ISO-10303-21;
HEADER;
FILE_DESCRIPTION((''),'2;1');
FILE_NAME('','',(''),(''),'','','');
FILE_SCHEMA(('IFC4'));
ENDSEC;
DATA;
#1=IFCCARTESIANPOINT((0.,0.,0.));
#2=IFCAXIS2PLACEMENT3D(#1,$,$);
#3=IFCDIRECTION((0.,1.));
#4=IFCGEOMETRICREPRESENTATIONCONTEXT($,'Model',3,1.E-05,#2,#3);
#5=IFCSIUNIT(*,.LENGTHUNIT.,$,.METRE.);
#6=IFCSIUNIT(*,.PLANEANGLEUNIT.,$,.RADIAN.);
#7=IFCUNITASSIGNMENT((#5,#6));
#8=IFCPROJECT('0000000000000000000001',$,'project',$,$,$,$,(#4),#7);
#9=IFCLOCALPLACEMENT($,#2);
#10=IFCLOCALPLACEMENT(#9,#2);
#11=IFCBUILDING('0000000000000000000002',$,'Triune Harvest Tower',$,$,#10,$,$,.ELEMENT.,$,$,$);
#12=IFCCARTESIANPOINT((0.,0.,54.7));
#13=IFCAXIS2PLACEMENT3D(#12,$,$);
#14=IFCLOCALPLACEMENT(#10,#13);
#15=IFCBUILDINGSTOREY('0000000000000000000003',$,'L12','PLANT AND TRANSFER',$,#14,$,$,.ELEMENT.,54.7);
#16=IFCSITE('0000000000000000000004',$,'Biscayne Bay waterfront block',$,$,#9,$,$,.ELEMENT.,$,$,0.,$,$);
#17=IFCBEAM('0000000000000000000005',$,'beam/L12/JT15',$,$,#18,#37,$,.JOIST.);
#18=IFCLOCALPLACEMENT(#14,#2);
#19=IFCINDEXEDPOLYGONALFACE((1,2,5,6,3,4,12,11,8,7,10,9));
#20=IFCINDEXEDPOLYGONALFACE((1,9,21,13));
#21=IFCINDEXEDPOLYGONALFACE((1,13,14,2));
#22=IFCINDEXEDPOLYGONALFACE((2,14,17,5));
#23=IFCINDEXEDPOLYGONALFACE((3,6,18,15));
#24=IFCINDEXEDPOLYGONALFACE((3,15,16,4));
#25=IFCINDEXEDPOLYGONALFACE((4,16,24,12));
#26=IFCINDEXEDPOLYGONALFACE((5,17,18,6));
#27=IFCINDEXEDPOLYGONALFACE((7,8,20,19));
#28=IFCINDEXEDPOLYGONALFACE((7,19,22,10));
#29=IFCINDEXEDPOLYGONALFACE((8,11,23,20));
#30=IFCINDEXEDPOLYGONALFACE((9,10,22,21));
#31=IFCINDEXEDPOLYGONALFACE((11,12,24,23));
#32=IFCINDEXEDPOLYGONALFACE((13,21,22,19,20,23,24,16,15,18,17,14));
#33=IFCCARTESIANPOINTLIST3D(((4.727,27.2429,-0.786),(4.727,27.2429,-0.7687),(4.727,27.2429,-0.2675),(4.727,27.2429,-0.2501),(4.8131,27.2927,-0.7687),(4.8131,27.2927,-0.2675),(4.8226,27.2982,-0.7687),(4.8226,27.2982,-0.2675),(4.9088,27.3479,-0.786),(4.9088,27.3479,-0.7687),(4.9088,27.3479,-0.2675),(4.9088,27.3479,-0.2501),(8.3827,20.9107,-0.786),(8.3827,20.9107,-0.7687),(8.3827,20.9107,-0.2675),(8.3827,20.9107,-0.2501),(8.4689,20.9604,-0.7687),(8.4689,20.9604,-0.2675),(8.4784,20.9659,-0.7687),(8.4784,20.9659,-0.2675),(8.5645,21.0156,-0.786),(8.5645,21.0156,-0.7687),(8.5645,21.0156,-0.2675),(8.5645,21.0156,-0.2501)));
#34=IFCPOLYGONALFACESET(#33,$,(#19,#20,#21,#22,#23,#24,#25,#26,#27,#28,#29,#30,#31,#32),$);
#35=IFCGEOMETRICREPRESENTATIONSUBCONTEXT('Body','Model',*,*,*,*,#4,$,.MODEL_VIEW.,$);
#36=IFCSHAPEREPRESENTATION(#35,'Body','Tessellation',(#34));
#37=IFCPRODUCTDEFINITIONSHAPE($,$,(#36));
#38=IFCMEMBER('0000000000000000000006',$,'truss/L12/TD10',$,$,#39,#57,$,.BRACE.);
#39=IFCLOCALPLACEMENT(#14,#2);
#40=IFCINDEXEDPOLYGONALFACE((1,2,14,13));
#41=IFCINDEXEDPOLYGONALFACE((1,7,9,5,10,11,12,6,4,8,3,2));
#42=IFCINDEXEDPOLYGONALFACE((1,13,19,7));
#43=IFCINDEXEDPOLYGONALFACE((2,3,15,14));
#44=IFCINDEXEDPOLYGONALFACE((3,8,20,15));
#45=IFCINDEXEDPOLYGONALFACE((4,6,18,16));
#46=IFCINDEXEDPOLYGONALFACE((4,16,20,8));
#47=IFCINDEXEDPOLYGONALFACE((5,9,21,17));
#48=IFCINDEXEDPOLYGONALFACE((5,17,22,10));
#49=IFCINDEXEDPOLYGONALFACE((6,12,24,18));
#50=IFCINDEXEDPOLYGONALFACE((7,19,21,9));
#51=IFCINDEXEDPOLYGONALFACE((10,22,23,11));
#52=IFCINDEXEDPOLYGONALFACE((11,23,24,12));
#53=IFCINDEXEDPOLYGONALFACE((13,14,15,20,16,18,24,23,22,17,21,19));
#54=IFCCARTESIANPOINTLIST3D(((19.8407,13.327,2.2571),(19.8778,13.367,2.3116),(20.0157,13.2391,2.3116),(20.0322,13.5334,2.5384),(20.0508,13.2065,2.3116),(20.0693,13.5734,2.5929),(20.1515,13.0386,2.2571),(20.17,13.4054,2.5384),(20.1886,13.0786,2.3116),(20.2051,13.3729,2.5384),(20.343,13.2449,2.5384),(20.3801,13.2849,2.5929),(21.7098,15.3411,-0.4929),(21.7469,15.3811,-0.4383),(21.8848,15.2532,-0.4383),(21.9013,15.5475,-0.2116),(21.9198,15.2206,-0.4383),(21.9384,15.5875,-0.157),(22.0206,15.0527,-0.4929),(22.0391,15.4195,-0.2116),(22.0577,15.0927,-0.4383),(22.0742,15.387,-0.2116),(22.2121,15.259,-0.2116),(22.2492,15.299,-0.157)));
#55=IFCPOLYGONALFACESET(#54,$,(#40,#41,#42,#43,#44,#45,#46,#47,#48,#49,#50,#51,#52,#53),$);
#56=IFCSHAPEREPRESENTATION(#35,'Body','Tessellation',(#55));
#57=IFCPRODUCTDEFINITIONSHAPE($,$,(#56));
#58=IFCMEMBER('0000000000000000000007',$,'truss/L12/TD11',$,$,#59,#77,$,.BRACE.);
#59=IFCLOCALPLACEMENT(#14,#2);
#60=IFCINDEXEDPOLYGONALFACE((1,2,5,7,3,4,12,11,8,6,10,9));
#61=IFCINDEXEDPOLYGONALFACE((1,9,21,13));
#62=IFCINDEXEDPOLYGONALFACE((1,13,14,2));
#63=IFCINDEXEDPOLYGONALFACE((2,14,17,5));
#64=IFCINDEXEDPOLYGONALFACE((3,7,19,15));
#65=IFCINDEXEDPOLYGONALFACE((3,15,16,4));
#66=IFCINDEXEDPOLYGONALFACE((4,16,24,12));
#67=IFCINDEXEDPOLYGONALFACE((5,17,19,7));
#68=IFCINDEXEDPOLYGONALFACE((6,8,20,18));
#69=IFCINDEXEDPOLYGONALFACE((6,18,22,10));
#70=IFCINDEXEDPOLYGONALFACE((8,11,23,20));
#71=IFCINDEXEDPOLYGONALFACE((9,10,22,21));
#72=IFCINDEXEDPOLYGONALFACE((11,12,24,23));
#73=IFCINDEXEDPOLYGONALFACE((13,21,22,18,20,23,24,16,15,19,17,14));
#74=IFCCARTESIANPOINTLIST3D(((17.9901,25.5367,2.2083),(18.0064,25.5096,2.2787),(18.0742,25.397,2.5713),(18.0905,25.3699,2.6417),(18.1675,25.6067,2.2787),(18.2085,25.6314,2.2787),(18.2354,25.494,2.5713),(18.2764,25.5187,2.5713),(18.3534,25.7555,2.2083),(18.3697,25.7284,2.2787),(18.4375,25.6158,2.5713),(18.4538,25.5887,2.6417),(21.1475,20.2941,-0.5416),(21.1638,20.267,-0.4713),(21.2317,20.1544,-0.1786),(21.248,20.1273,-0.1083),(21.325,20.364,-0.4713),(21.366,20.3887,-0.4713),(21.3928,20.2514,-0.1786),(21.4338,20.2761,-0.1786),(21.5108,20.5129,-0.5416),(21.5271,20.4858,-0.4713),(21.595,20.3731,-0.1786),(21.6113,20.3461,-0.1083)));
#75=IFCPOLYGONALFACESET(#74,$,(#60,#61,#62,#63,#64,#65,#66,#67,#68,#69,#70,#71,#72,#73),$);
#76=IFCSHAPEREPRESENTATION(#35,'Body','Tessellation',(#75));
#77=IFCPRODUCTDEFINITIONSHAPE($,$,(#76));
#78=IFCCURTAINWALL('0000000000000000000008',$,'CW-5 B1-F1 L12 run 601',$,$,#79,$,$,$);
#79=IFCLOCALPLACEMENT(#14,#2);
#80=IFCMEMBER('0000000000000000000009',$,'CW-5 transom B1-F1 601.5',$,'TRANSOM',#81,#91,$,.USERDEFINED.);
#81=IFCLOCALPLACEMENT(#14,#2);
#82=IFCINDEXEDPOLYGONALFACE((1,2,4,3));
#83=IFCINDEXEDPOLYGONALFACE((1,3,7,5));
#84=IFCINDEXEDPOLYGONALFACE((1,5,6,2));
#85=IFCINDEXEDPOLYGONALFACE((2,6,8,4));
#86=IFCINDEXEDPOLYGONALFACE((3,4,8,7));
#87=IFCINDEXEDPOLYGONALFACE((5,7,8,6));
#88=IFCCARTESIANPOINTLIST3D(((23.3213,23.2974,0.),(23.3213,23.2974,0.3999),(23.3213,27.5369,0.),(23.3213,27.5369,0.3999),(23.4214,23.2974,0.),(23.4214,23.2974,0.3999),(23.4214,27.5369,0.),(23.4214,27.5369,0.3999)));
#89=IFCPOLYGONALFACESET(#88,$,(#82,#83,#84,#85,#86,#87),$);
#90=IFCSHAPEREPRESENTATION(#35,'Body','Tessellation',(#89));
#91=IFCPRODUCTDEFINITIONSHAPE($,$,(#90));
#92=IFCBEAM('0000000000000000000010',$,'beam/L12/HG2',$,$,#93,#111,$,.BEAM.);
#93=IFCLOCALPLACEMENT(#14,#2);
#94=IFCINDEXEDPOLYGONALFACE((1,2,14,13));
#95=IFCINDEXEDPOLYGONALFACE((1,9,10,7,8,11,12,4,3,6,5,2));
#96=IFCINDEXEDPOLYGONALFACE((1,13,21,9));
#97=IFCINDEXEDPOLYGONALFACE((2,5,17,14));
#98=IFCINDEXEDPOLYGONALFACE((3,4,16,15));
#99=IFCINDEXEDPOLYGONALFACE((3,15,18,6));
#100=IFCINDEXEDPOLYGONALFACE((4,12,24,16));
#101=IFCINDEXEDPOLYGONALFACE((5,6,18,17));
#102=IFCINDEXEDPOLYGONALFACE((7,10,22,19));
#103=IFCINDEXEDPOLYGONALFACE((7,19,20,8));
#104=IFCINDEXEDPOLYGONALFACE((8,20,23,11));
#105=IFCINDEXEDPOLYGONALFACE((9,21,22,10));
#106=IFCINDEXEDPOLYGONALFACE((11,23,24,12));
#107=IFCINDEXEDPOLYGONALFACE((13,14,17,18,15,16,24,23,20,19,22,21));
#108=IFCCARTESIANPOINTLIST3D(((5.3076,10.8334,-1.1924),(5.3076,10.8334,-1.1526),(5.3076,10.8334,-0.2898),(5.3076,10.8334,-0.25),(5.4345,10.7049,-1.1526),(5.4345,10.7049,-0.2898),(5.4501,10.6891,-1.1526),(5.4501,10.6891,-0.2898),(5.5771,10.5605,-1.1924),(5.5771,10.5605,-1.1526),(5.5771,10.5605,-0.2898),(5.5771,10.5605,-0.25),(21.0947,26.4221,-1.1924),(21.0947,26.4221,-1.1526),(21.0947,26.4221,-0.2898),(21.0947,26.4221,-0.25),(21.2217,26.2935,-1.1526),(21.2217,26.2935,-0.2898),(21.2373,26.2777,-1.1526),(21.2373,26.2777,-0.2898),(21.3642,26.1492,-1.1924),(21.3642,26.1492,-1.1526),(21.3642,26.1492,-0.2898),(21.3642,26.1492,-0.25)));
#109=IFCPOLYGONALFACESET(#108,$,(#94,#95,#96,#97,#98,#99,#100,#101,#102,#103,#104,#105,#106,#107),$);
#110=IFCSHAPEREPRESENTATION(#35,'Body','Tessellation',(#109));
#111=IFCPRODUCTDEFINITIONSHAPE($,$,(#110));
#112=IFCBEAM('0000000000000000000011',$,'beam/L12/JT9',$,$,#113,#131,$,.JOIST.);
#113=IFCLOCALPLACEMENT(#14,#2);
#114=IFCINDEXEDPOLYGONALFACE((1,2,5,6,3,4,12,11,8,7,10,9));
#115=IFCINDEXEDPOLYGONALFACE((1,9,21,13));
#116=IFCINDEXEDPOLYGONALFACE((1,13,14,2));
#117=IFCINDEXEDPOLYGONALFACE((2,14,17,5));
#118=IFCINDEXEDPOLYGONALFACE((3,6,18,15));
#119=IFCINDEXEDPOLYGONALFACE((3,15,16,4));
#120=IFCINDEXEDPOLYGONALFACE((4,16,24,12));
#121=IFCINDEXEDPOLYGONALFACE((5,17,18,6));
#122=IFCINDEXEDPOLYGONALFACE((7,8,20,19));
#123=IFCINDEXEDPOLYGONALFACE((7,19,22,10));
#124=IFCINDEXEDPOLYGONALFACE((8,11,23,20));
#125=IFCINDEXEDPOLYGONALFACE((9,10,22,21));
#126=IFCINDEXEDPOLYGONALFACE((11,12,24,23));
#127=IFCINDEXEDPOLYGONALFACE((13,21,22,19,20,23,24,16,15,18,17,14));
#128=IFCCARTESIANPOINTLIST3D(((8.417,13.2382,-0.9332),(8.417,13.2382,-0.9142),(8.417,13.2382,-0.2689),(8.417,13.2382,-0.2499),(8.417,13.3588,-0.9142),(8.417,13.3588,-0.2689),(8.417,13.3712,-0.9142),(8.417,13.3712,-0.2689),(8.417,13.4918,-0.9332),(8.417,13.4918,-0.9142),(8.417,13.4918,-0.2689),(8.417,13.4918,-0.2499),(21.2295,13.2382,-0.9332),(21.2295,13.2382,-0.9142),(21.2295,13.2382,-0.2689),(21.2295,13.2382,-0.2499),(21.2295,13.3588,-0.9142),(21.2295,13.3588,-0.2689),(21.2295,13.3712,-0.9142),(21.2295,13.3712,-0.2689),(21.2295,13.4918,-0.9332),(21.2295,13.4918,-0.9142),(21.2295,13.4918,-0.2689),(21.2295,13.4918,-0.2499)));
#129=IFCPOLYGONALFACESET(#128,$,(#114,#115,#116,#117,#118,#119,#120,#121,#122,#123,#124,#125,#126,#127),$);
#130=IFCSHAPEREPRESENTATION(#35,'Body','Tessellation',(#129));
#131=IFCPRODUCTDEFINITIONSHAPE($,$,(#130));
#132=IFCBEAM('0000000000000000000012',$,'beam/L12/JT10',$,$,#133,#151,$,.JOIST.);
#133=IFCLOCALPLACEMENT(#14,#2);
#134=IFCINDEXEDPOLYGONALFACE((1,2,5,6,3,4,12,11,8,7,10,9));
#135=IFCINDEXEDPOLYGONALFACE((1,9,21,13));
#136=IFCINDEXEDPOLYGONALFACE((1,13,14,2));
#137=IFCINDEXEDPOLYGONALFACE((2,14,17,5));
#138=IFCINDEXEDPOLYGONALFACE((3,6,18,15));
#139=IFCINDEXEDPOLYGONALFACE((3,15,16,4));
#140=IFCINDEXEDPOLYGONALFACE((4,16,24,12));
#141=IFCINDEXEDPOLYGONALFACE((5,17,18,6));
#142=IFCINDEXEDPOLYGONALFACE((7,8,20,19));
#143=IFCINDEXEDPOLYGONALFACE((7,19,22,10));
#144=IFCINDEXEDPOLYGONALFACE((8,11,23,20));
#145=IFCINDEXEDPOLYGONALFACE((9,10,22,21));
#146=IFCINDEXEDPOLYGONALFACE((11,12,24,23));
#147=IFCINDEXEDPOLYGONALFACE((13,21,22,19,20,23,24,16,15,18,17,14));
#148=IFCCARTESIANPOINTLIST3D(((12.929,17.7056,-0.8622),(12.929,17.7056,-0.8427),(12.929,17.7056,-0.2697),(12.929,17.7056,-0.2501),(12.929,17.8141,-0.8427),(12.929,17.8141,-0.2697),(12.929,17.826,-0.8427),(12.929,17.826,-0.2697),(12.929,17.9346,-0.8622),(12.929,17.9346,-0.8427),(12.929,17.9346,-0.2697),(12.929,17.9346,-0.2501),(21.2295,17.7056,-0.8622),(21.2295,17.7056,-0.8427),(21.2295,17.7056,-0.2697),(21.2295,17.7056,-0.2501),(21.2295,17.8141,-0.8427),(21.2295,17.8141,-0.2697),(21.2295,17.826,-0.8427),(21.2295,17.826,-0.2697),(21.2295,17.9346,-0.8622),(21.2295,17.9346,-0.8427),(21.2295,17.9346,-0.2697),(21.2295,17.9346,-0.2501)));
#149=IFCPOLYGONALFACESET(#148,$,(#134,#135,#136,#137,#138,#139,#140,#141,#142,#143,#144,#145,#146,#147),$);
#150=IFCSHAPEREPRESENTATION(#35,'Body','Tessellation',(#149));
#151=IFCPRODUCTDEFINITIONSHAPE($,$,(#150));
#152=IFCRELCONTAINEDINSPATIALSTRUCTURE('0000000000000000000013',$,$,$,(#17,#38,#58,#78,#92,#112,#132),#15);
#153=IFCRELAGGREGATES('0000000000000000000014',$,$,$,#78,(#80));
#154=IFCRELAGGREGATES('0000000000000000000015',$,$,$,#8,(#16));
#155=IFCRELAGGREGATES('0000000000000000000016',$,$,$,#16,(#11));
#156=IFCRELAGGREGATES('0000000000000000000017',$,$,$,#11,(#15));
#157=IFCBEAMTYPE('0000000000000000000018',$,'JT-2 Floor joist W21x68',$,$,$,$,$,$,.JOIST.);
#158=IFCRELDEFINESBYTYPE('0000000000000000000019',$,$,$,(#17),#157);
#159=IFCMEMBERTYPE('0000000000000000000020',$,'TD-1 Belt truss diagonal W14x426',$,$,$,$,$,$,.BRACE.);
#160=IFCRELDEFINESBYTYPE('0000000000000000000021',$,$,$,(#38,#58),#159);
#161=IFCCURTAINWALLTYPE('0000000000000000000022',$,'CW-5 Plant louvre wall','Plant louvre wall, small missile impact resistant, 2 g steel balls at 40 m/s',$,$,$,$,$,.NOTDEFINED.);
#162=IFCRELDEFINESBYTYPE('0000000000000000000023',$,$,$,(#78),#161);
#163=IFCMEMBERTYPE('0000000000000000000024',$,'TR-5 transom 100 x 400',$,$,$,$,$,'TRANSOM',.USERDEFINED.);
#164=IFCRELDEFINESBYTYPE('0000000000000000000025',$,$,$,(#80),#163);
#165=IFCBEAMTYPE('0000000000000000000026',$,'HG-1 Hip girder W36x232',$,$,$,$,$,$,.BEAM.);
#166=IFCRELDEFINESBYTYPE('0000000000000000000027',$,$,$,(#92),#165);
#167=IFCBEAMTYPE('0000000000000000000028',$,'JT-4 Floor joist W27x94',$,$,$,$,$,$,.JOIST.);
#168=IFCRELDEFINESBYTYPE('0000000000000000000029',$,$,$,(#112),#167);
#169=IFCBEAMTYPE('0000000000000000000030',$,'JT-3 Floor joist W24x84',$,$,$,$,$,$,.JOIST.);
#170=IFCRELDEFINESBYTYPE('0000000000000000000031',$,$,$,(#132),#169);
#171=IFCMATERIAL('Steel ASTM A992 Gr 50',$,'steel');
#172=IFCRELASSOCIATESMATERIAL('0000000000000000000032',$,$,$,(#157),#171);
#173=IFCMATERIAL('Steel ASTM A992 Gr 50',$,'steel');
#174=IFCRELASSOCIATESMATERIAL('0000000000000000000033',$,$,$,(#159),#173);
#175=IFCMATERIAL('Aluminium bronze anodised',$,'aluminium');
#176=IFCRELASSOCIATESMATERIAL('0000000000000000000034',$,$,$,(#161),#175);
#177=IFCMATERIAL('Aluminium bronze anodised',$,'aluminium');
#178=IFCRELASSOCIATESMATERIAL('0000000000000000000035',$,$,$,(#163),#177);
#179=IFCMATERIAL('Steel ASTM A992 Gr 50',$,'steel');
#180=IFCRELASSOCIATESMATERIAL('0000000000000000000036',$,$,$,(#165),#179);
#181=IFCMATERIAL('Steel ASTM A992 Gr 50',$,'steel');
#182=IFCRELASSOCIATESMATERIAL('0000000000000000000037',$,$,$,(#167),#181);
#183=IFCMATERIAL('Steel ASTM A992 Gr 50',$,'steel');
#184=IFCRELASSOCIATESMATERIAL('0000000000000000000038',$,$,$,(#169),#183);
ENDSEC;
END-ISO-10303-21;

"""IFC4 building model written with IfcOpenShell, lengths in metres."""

from ifc_helpers import new_model, si_unit, direction, frame, origin, origin_2d, place, context, subcontext, project, spatial, rectangle, i_section, extrude, source, transform, mapped, material, material_profile, profile_set, type_object, element, aggregate, save


model = new_model("IFC4")

# Units and contexts
model_context = context("Model", 3, precision=1e-05, world=origin(), true_north=direction((0.0, 1.0)))
body_context = subcontext(model_context, "Body", "Model", "MODEL_VIEW")
ifc_project = project(units=[si_unit("LENGTHUNIT", "METRE"), si_unit("PLANEANGLEUNIT", "RADIAN")], contexts=[model_context])

# Site, building, storey
site_placement = place(None, origin())
site = spatial("IfcSite", under=ifc_project, at=site_placement, Name="Biscayne Bay waterfront block", CompositionType="ELEMENT", RefElevation=0.0)
building_placement = place(site_placement, origin())
building = spatial("IfcBuilding", under=site, at=building_placement, Name="Triune Harvest Tower", CompositionType="ELEMENT")
storey_placement = place(building_placement, frame((0.0, 0.0, 54.7)))
storey = spatial("IfcBuildingStorey", under=building, at=storey_placement, Name="L12", Description="PLANT AND TRANSFER", CompositionType="ELEMENT", Elevation=54.7)

# Beam
ifc_material_1 = material(Name="Steel ASTM A992 Gr 50", Category="steel")
ifc_material_profile_1 = material_profile(ifc_material_1, i_section(OverallWidth=0.21, OverallDepth=0.5359, WebThickness=0.011, FlangeThickness=0.0173, at=origin_2d()), Name="W21x68")
ifc_profile_set_1 = profile_set([ifc_material_profile_1], Name="Steel ASTM A992 Gr 50")
beam_type_1 = type_object("IfcBeamType", Name="JT-2 Floor joist W21x68", PredefinedType="JOIST", material=ifc_profile_set_1)
beam_1_placement = place(storey_placement, frame((4.8179, 27.2954, -0.5181), z_axis=(0.499982, -0.866036, 0.0), x_axis=(0.866036, 0.499982, 0.0)))
element("IfcBeam", 1, at=beam_1_placement, inside=storey, type_object=beam_type_1, Name="beam/L12/JT15", PredefinedType="JOIST", context=body_context, shape_type="SweptSolid", body=[
    extrude(i_section(OverallWidth=0.21, OverallDepth=0.5359, WebThickness=0.011, FlangeThickness=0.0173, at=origin_2d()), origin(), (0.0, 0.0, 1.0), 7.3118),
])

# Members
ifc_material_2 = material(Name="Steel ASTM A992 Gr 50", Category="steel")
ifc_material_profile_2 = material_profile(ifc_material_2, i_section(OverallWidth=0.4241, OverallDepth=0.4751, WebThickness=0.0479, FlangeThickness=0.0771, at=origin_2d()), Name="W14x426")
ifc_profile_set_2 = profile_set([ifc_material_profile_2], Name="Steel ASTM A992 Gr 50")
member_type_1 = type_object("IfcMemberType", Name="TD-1 Belt truss diagonal W14x426", PredefinedType="BRACE", material=ifc_profile_set_2)
member_1_placement = place(storey_placement, frame((21.9795, 15.3201, -0.325), z_axis=(-0.480802, -0.518106, 0.707387), x_axis=(0.733002, -0.680226, 0.0)))
element("IfcMember", 2, at=member_1_placement, inside=storey, type_object=member_type_1, Name="truss/L12/TD10", PredefinedType="BRACE", context=body_context, shape_type="SweptSolid", body=[
    extrude(i_section(OverallWidth=0.4241, OverallDepth=0.4751, WebThickness=0.0479, FlangeThickness=0.0771, at=origin_2d()), origin(), (0.0, 0.0, 1.0), 3.8875),
])
member_2_placement = place(storey_placement, frame((21.3794, 20.3201, -0.325), z_axis=(-0.470595, 0.781378, 0.409865), x_axis=(-0.856636, -0.515921, 0.0)))
element("IfcMember", 3, at=member_2_placement, inside=storey, type_object=member_type_1, Name="truss/L12/TD11", PredefinedType="BRACE", context=body_context, shape_type="SweptSolid", body=[
    extrude(i_section(OverallWidth=0.4241, OverallDepth=0.4751, WebThickness=0.0479, FlangeThickness=0.0771, at=origin_2d()), origin(), (0.0, 0.0, 1.0), 6.7095),
])

# Curtain wall, member
ifc_material_3 = material(Name="Aluminium bronze anodised", Category="aluminium")
curtain_wall_type = type_object("IfcCurtainWallType", Name="CW-5 Plant louvre wall", Description="Plant louvre wall, small missile impact resistant, 2 g steel balls at 40 m/s", PredefinedType="NOTDEFINED", material=ifc_material_3)
curtain_wall_placement = place(storey_placement, origin())
curtain_wall = element("IfcCurtainWall", 4, at=curtain_wall_placement, inside=storey, type_object=curtain_wall_type, Name="CW-5 B1-F1 L12 run 601")
ifc_material_4 = material(Name="Aluminium bronze anodised", Category="aluminium")
ifc_material_profile_3 = material_profile(ifc_material_4, rectangle(XDim=0.1001, YDim=0.3999, at=origin_2d()), Name="TR-5 transom 100 x 400")
ifc_profile_set_3 = profile_set([ifc_material_profile_3], Name="Aluminium bronze anodised")
member_type_2 = type_object("IfcMemberType", Name="TR-5 transom 100 x 400", ElementType="TRANSOM", PredefinedType="USERDEFINED", material=ifc_profile_set_3)
member_3_placement = place(storey_placement, frame((23.3713, 23.2974, 0.2), z_axis=(0.0, 1.0, 0.0), x_axis=(-1.0, 0.0, 0.0)))
member_3 = element("IfcMember", 5, at=member_3_placement, type_object=member_type_2, Name="CW-5 transom B1-F1 601.5", ObjectType="TRANSOM", PredefinedType="USERDEFINED", context=body_context, shape_type="SweptSolid", body=[
    extrude(rectangle(XDim=0.1001, YDim=0.3999, at=origin_2d()), origin(), (0.0, 0.0, 1.0), 4.2395),
])

# Beams
ifc_material_5 = material(Name="Steel ASTM A992 Gr 50", Category="steel")
ifc_material_profile_4 = material_profile(ifc_material_5, i_section(OverallWidth=0.3835, OverallDepth=0.9424, WebThickness=0.0222, FlangeThickness=0.0398, at=origin_2d()), Name="W36x232")
ifc_profile_set_4 = profile_set([ifc_material_profile_4], Name="Steel ASTM A992 Gr 50")
beam_type_2 = type_object("IfcBeamType", Name="HG-1 Hip girder W36x232", PredefinedType="BEAM", material=ifc_profile_set_4)
shared_shape_1 = source(origin(), body_context, "Body", "SweptSolid", [
    extrude(i_section(OverallWidth=0.3835, OverallDepth=0.9424, WebThickness=0.0222, FlangeThickness=0.0398, at=origin_2d()), origin(), (0.0, 0.0, 1.0), 22.1865),
])
beam_2_placement = place(storey_placement, frame((21.2295, 26.2856, -0.7212), z_axis=(-0.711566, -0.702619, 0.0), x_axis=(0.702619, -0.711566, 0.0)))
element("IfcBeam", 6, at=beam_2_placement, inside=storey, type_object=beam_type_2, Name="beam/L12/HG2", PredefinedType="BEAM", context=body_context, shape_type="MappedRepresentation", body=[
    mapped(shared_shape_1, transform((0.0, 0.0, 0.0), scale=1.0)),
])
ifc_material_6 = material(Name="Steel ASTM A992 Gr 50", Category="steel")
ifc_material_profile_5 = material_profile(ifc_material_6, i_section(OverallWidth=0.2537, OverallDepth=0.6833, WebThickness=0.0125, FlangeThickness=0.019, at=origin_2d()), Name="W27x94")
ifc_profile_set_5 = profile_set([ifc_material_profile_5], Name="Steel ASTM A992 Gr 50")
beam_type_3 = type_object("IfcBeamType", Name="JT-4 Floor joist W27x94", PredefinedType="JOIST", material=ifc_profile_set_5)
shared_shape_2 = source(origin(), body_context, "Body", "SweptSolid", [
    extrude(i_section(OverallWidth=0.2537, OverallDepth=0.6833, WebThickness=0.0125, FlangeThickness=0.019, at=origin_2d()), origin(), (0.0, 0.0, 1.0), 12.8125),
])
beam_3_placement = place(storey_placement, frame((21.2295, 13.365, -0.5916), z_axis=(-1.0, 0.0, 0.0), x_axis=(0.0, -1.0, 0.0)))
element("IfcBeam", 7, at=beam_3_placement, inside=storey, type_object=beam_type_3, Name="beam/L12/JT9", PredefinedType="JOIST", context=body_context, shape_type="MappedRepresentation", body=[
    mapped(shared_shape_2, transform((0.0, 0.0, 0.0), scale=1.0)),
])
ifc_material_7 = material(Name="Steel ASTM A992 Gr 50", Category="steel")
ifc_material_profile_6 = material_profile(ifc_material_7, i_section(OverallWidth=0.229, OverallDepth=0.6121, WebThickness=0.012, FlangeThickness=0.0195, at=origin_2d()), Name="W24x84")
ifc_profile_set_6 = profile_set([ifc_material_profile_6], Name="Steel ASTM A992 Gr 50")
beam_type_4 = type_object("IfcBeamType", Name="JT-3 Floor joist W24x84", PredefinedType="JOIST", material=ifc_profile_set_6)
shared_shape_3 = source(origin(), body_context, "Body", "SweptSolid", [
    extrude(i_section(OverallWidth=0.229, OverallDepth=0.6121, WebThickness=0.012, FlangeThickness=0.0195, at=origin_2d()), origin(), (0.0, 0.0, 1.0), 8.3005),
])
beam_4_placement = place(storey_placement, frame((21.2295, 17.8201, -0.5562), z_axis=(-1.0, 0.0, 0.0), x_axis=(0.0, -1.0, 0.0)))
element("IfcBeam", 8, at=beam_4_placement, inside=storey, type_object=beam_type_4, Name="beam/L12/JT10", PredefinedType="JOIST", context=body_context, shape_type="MappedRepresentation", body=[
    mapped(shared_shape_3, transform((0.0, 0.0, 0.0), scale=1.0)),
])

aggregate(curtain_wall, [member_3])

save(model, "model.ifc")
